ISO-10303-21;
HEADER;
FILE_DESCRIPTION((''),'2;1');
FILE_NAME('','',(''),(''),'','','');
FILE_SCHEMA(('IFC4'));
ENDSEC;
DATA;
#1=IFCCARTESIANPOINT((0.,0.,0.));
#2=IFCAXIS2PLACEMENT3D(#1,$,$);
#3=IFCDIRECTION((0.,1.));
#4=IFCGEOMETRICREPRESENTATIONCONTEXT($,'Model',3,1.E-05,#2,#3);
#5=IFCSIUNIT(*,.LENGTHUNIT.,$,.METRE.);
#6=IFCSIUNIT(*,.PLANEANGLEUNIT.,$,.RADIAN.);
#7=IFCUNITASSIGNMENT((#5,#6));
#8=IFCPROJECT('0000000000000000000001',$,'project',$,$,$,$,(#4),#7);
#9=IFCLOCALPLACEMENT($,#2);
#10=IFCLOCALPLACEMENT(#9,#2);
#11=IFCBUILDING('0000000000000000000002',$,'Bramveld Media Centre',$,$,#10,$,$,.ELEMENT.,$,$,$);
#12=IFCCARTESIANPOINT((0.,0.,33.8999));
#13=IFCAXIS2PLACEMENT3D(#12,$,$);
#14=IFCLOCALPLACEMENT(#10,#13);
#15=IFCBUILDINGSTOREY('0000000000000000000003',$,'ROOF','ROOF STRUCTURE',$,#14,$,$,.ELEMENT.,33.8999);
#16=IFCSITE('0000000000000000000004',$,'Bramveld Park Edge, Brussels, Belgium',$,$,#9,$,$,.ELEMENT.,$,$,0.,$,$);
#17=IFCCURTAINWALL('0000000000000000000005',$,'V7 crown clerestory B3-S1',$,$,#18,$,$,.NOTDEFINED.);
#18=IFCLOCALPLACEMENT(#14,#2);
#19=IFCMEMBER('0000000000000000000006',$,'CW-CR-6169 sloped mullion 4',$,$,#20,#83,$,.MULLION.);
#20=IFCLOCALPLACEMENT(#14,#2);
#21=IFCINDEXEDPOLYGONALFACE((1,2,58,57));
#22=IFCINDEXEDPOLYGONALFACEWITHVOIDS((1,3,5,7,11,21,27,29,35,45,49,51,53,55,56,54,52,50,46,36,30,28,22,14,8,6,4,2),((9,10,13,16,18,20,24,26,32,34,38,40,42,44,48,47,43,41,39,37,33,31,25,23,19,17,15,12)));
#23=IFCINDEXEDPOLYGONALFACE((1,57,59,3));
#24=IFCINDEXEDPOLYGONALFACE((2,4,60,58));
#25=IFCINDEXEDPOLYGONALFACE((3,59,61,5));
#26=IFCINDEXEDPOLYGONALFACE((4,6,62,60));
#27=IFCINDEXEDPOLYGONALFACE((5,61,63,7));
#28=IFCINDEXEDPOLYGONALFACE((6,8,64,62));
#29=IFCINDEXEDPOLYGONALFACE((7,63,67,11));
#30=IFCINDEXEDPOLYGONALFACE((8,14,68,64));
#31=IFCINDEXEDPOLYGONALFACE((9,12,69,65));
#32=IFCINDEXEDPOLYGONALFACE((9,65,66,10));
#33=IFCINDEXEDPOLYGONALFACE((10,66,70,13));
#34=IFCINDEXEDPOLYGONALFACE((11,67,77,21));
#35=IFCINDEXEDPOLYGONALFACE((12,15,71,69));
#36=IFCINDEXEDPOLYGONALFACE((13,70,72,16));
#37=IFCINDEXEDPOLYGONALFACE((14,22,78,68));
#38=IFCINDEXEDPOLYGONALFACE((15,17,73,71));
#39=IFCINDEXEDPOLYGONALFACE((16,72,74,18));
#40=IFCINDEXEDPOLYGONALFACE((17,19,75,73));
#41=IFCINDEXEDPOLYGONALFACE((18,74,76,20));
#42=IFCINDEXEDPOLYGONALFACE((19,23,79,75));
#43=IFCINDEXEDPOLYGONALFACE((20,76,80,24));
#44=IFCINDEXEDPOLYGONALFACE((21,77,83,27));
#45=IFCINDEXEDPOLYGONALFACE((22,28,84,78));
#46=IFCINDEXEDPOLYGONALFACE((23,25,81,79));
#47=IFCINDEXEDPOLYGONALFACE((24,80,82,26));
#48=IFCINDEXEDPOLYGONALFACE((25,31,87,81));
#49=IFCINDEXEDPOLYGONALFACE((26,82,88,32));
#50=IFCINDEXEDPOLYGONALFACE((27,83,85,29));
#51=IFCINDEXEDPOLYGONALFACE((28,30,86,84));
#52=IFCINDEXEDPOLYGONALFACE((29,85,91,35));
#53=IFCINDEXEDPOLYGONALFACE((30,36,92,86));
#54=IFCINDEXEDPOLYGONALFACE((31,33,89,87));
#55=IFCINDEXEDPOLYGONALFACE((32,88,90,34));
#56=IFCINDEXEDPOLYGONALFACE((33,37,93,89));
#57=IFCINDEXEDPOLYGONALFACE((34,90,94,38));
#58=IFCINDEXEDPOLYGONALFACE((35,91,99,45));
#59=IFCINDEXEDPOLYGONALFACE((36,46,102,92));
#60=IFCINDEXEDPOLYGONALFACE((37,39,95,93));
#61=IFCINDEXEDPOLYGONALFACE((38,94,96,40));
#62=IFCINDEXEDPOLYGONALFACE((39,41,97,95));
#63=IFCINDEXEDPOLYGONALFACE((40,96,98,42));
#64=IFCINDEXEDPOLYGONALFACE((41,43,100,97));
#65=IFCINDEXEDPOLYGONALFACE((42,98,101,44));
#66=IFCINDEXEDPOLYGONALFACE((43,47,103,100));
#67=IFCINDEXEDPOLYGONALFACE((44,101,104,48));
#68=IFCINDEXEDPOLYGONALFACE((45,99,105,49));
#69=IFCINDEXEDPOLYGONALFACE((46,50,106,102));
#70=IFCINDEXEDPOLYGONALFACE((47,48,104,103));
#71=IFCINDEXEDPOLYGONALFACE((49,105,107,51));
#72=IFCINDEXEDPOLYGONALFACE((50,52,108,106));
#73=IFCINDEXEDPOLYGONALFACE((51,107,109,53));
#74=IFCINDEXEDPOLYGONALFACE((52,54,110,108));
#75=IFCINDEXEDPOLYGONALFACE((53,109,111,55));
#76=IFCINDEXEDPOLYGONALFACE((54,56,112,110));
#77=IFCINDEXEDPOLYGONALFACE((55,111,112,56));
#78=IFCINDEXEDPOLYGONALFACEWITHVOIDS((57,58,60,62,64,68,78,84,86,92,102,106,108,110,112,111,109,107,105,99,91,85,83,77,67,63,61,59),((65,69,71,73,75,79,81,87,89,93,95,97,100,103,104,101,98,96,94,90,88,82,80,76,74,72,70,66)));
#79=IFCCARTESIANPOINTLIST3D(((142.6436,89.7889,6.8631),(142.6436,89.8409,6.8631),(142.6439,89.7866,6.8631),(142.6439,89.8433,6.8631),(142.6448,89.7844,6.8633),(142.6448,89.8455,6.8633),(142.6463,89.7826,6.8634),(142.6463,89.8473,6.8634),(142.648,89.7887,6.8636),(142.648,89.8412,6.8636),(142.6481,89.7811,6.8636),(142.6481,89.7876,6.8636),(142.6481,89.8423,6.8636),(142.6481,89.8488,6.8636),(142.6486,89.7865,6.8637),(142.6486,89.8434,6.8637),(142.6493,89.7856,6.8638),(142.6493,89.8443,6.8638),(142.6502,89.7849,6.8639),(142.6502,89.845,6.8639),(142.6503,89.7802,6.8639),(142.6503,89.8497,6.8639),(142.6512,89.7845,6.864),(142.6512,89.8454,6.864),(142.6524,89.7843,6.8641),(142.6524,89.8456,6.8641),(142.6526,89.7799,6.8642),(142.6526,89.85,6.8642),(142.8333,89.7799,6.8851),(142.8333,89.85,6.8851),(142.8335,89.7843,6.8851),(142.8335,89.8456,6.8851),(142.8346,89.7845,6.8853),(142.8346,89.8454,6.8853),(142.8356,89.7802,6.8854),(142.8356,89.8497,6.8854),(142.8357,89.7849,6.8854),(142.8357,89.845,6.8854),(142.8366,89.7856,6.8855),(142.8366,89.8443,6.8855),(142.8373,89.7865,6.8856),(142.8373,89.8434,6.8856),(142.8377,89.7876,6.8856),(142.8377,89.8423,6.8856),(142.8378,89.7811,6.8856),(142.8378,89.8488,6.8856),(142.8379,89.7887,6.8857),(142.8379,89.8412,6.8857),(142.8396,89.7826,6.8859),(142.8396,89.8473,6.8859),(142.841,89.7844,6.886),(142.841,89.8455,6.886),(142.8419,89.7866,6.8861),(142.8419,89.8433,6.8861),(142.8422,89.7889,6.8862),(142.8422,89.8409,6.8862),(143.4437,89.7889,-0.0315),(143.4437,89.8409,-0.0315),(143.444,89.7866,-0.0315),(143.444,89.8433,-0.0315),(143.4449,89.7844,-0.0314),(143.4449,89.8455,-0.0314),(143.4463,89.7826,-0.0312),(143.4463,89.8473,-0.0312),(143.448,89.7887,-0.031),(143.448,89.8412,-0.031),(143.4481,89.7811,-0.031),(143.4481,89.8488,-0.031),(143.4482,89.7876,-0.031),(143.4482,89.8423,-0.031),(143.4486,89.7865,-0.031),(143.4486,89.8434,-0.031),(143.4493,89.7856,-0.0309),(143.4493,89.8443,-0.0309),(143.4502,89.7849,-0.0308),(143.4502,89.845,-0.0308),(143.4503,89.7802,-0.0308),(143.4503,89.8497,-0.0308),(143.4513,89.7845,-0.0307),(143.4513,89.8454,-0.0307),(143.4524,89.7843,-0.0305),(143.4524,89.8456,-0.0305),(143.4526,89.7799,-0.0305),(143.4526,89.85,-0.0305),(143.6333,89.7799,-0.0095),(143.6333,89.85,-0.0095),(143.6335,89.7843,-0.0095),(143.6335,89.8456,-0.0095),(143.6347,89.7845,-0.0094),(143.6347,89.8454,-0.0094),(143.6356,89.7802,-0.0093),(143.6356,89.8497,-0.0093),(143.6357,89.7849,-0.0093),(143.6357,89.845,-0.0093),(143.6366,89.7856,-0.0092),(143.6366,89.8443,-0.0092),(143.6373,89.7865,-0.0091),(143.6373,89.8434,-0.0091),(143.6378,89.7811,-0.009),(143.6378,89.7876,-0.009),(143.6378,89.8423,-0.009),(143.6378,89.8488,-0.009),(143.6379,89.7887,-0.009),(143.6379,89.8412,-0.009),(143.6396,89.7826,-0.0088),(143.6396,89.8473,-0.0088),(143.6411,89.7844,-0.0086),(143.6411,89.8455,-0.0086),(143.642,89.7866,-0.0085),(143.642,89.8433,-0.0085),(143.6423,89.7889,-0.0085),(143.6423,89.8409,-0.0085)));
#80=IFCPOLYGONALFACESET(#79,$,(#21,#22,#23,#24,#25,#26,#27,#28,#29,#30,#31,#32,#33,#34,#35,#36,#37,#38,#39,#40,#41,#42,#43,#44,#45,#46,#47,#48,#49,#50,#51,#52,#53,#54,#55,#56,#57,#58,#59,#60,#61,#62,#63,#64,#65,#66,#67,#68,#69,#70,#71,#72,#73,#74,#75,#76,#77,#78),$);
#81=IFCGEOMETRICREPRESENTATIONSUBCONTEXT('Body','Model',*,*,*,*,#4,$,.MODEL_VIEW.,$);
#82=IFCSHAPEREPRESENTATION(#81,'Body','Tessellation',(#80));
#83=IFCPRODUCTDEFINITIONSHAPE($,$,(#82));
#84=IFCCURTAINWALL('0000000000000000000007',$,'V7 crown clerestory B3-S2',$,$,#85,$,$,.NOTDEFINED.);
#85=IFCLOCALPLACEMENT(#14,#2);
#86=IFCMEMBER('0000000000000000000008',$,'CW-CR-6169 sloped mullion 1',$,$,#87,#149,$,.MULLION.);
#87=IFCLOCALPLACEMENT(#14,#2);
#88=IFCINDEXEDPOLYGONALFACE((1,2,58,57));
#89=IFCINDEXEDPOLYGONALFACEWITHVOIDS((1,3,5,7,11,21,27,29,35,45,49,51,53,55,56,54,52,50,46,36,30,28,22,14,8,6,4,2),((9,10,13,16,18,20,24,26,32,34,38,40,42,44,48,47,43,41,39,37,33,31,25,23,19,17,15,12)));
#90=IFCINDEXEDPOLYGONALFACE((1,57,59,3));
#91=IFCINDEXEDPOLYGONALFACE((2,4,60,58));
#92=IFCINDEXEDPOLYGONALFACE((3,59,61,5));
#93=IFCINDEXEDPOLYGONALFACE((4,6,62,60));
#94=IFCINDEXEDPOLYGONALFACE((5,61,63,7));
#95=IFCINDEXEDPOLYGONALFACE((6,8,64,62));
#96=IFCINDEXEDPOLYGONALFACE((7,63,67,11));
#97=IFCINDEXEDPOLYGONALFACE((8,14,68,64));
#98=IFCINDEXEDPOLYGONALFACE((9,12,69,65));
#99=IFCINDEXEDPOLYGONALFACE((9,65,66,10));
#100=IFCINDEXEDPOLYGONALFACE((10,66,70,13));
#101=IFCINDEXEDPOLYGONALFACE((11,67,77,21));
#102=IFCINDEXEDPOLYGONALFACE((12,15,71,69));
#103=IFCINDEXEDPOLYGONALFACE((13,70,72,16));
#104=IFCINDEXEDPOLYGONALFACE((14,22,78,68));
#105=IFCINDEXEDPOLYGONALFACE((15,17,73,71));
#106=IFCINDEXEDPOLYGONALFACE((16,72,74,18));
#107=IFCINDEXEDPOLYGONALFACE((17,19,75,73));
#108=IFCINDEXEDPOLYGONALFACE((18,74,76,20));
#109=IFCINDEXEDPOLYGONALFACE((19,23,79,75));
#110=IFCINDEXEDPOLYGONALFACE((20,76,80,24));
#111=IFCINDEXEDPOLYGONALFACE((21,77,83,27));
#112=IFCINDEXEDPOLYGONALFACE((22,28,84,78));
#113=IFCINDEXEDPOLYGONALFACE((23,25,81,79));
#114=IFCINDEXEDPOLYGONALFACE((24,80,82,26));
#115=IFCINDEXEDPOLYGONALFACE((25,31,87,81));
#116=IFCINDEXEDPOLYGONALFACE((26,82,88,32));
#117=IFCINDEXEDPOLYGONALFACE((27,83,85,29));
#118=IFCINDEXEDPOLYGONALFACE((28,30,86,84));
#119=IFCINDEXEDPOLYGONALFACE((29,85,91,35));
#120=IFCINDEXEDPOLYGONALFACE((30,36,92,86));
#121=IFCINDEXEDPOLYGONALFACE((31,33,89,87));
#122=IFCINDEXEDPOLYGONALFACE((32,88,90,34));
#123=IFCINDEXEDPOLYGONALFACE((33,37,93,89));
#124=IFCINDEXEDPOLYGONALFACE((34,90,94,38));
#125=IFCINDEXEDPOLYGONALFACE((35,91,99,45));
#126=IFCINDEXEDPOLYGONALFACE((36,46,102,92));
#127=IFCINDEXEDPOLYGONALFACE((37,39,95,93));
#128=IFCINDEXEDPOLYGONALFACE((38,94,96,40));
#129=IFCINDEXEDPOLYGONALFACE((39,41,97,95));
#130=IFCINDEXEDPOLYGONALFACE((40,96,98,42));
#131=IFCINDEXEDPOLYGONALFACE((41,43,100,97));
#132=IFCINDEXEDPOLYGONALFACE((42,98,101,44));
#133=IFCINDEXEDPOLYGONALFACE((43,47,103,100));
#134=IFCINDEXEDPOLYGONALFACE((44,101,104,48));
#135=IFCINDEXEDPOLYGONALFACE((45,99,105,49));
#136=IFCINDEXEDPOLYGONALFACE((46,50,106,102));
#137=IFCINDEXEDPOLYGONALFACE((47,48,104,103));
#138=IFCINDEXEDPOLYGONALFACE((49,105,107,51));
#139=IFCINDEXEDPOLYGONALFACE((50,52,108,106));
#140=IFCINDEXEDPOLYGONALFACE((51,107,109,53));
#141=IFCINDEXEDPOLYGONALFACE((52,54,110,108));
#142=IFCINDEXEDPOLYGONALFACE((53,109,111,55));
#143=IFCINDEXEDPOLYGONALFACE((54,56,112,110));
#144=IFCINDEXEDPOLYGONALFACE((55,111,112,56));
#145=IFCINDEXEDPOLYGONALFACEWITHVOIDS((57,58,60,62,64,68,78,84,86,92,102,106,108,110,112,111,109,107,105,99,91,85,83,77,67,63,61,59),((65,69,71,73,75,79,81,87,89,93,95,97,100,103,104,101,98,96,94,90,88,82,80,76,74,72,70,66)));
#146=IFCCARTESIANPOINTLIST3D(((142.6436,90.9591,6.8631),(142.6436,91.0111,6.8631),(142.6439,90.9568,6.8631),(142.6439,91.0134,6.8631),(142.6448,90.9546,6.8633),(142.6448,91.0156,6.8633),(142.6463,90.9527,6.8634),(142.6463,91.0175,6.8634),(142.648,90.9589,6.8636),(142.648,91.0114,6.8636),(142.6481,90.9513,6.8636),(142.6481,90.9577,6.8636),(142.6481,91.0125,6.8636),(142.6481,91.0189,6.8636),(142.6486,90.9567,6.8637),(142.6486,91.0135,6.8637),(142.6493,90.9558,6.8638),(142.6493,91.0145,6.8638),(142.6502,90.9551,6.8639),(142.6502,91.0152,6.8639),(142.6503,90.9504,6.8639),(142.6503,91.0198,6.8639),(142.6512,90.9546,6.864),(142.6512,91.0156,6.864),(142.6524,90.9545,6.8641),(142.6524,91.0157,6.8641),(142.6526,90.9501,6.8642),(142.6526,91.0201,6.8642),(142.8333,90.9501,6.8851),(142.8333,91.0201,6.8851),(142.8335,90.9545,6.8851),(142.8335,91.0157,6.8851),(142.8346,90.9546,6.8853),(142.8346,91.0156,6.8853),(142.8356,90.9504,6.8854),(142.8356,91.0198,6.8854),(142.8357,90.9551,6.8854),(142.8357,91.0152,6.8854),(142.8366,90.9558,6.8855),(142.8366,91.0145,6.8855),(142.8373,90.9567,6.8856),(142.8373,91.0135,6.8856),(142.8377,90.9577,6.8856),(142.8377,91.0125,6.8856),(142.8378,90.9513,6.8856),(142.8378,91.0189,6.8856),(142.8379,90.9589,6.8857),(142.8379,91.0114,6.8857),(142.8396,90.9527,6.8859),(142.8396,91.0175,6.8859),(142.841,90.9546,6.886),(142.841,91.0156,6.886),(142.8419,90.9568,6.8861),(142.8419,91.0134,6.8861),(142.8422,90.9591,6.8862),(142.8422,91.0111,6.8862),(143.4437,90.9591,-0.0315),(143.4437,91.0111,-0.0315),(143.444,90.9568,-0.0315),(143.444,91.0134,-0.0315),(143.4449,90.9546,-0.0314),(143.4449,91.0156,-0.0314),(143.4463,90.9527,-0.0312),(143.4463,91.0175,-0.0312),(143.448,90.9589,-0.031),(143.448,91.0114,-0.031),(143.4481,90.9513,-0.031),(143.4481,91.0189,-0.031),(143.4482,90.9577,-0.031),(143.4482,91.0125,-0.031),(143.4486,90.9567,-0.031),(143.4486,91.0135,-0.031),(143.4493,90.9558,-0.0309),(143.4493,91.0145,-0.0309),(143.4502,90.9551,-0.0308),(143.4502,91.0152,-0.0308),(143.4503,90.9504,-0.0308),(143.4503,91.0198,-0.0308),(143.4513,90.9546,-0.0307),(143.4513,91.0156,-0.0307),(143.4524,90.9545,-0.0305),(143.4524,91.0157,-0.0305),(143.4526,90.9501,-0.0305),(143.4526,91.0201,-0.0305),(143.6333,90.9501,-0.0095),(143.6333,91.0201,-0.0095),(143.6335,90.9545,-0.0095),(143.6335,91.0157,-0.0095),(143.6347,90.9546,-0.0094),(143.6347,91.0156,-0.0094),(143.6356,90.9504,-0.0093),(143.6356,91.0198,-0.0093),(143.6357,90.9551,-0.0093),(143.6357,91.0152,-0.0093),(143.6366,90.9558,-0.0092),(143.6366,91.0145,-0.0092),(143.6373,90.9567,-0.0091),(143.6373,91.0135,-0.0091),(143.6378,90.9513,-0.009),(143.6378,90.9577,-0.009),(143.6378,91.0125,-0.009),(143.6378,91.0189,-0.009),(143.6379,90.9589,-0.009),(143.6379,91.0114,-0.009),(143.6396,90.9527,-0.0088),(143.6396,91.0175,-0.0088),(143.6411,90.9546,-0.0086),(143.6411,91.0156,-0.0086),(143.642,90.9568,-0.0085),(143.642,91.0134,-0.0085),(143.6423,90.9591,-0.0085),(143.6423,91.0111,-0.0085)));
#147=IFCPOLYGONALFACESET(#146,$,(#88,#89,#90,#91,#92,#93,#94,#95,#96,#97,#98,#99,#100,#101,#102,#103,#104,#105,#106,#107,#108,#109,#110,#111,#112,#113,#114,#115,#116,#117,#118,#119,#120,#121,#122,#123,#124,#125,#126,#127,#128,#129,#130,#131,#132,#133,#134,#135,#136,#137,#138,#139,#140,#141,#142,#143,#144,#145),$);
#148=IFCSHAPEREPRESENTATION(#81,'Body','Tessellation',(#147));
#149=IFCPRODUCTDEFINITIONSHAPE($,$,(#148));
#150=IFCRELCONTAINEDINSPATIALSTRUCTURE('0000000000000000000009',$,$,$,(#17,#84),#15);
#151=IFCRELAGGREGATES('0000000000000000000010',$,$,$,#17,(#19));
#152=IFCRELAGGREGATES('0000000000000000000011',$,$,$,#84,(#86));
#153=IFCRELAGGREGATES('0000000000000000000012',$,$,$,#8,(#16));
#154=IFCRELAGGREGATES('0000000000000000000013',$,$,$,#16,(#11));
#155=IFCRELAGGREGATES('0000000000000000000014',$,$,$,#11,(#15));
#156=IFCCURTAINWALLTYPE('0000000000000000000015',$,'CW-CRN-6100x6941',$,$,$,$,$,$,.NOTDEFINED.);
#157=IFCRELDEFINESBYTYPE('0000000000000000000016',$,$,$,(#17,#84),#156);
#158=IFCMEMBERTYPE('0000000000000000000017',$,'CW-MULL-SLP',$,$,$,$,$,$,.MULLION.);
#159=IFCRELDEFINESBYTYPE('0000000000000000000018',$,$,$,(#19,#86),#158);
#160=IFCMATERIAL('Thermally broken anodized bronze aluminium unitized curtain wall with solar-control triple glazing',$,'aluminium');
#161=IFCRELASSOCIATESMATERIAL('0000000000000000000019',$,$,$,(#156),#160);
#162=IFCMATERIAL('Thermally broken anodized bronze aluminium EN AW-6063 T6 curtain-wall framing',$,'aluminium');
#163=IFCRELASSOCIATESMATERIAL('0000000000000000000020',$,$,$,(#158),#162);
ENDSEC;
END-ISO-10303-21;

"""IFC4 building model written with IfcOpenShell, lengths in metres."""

from ifc_helpers import new_model, si_unit, direction, frame, origin, origin_2d, place, context, subcontext, project, spatial, hollow_rectangle, extrude, material, material_profile, profile_set, type_object, element, aggregate, save


model = new_model("IFC4")

# Units and contexts
model_context = context("Model", 3, precision=1e-05, world=origin(), true_north=direction((0.0, 1.0)))
body_context = subcontext(model_context, "Body", "Model", "MODEL_VIEW")
ifc_project = project(units=[si_unit("LENGTHUNIT", "METRE"), si_unit("PLANEANGLEUNIT", "RADIAN")], contexts=[model_context])

# Site, building, storey
site_placement = place(None, origin())
site = spatial("IfcSite", under=ifc_project, at=site_placement, Name="Bramveld Park Edge, Brussels, Belgium", CompositionType="ELEMENT", RefElevation=0.0)
building_placement = place(site_placement, origin())
building = spatial("IfcBuilding", under=site, at=building_placement, Name="Bramveld Media Centre", CompositionType="ELEMENT")
storey_placement = place(building_placement, frame((0.0, 0.0, 33.8999)))
storey = spatial("IfcBuildingStorey", under=building, at=storey_placement, Name="ROOF", Description="ROOF STRUCTURE", CompositionType="ELEMENT", Elevation=33.8999)

# Curtain walls, members
ifc_material_1 = material(Name="Thermally broken anodized bronze aluminium unitized curtain wall with solar-control triple glazing", Category="aluminium")
curtain_wall_type = type_object("IfcCurtainWallType", Name="CW-CRN-6100x6941", PredefinedType="NOTDEFINED", material=ifc_material_1)
ifc_material_2 = material(Name="Thermally broken anodized bronze aluminium EN AW-6063 T6 curtain-wall framing", Category="aluminium")
ifc_material_profile_1 = material_profile(ifc_material_2, hollow_rectangle(XDim=0.0701, YDim=0.2, WallThickness=0.0044, InnerFilletRadius=0.0044, OuterFilletRadius=0.009, at=origin_2d()), Name="AL-MULL 70x200")
ifc_profile_set_1 = profile_set([ifc_material_profile_1], Name="Thermally broken anodized bronze aluminium EN AW-6063 T6 curtain-wall framing")
member_type_1 = type_object("IfcMemberType", Name="CW-MULL-SLP", PredefinedType="MULLION", material=ifc_profile_set_1)
curtain_wall_1_placement = place(storey_placement, origin())
curtain_wall_1 = element("IfcCurtainWall", 1, at=curtain_wall_1_placement, inside=storey, type_object=curtain_wall_type, Name="V7 crown clerestory B3-S1", PredefinedType="NOTDEFINED")
member_1_placement = place(storey_placement, frame((143.543, 89.8149, -0.02), z_axis=(-0.115264, 0.0, 0.993335), x_axis=(0.0, -1.0, 0.0)))
member_1 = element("IfcMember", 2, at=member_1_placement, type_object=member_type_1, Name="CW-CR-6169 sloped mullion 4", PredefinedType="MULLION", context=body_context, shape_type="SweptSolid", body=[
    extrude(hollow_rectangle(XDim=0.0701, YDim=0.2, WallThickness=0.0044, InnerFilletRadius=0.0044, OuterFilletRadius=0.009, at=origin_2d()), origin(), (0.0, 0.0, 1.0), 6.9409),
])
curtain_wall_2_placement = place(storey_placement, origin())
curtain_wall_2 = element("IfcCurtainWall", 3, at=curtain_wall_2_placement, inside=storey, type_object=curtain_wall_type, Name="V7 crown clerestory B3-S2", PredefinedType="NOTDEFINED")
member_2_placement = place(storey_placement, frame((143.543, 90.9851, -0.02), z_axis=(-0.115264, 0.0, 0.993335), x_axis=(0.0, -1.0, 0.0)))
member_2 = element("IfcMember", 4, at=member_2_placement, type_object=member_type_1, Name="CW-CR-6169 sloped mullion 1", PredefinedType="MULLION", context=body_context, shape_type="SweptSolid", body=[
    extrude(hollow_rectangle(XDim=0.0701, YDim=0.2, WallThickness=0.0044, InnerFilletRadius=0.0044, OuterFilletRadius=0.009, at=origin_2d()), origin(), (0.0, 0.0, 1.0), 6.9409),
])

aggregate(curtain_wall_1, [member_1])
aggregate(curtain_wall_2, [member_2])

save(model, "model.ifc")
